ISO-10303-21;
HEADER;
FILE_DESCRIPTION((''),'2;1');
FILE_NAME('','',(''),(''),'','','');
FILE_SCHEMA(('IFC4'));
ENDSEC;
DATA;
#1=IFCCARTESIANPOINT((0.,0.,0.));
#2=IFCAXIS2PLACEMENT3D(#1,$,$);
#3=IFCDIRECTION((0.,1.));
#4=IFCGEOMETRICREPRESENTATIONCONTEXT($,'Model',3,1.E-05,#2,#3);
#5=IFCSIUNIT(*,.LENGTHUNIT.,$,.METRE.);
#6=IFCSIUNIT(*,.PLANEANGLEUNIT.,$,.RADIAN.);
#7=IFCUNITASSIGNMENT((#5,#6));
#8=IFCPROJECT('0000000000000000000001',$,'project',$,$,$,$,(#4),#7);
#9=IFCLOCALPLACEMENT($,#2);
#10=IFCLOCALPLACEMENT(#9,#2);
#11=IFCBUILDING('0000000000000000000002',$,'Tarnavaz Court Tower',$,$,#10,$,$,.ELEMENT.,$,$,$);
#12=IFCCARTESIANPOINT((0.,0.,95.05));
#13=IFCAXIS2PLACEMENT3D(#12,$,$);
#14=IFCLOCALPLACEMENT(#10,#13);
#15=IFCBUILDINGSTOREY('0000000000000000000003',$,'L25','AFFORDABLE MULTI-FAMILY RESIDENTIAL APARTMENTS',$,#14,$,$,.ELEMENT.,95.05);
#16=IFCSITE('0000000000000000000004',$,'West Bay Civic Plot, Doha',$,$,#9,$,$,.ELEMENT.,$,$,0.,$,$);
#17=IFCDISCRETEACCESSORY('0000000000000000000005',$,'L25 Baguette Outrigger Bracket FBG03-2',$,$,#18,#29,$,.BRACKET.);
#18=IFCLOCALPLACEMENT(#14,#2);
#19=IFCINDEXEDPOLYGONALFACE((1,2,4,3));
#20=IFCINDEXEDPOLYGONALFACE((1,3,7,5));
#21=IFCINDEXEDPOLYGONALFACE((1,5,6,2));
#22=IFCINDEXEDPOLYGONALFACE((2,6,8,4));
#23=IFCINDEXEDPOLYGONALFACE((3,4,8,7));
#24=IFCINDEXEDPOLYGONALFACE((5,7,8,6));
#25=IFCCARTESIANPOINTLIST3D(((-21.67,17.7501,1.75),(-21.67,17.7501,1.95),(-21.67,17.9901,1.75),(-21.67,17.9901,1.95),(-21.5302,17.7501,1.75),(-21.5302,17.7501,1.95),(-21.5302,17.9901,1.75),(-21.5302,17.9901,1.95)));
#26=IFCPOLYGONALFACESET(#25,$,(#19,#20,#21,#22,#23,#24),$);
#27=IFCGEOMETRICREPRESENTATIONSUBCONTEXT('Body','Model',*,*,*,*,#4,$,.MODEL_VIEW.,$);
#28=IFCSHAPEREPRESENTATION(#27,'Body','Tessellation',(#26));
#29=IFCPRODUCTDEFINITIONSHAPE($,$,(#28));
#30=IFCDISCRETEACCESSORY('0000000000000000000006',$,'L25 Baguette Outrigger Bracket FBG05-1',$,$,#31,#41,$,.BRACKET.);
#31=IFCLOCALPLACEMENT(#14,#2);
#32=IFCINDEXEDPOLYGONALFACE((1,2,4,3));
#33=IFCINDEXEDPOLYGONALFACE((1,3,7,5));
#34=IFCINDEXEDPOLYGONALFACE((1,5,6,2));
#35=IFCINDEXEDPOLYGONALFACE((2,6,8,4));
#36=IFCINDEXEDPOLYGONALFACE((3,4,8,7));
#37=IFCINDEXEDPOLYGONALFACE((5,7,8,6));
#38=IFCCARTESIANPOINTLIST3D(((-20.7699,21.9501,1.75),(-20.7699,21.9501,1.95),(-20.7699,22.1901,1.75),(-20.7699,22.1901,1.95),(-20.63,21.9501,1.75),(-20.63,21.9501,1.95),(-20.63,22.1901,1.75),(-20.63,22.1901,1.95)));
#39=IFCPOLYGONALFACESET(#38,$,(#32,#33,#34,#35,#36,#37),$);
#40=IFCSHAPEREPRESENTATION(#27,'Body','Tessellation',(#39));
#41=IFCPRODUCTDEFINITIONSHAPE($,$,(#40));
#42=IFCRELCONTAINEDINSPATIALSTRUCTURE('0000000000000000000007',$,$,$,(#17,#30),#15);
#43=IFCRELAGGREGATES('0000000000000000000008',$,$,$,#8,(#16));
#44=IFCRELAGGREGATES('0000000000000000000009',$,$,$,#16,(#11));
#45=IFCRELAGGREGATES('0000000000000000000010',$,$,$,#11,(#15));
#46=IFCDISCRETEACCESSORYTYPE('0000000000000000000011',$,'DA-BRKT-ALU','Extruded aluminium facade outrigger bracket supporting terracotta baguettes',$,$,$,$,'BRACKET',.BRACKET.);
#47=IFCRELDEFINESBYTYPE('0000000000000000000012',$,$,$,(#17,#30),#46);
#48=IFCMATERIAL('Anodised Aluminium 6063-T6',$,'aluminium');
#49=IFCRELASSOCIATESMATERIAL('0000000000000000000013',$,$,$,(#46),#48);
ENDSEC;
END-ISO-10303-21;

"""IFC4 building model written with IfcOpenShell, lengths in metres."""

from ifc_helpers import new_model, si_unit, direction, frame, origin, origin_2d, place, context, subcontext, project, spatial, rectangle, extrude, material, type_object, element, save


model = new_model("IFC4")

# Units and contexts
model_context = context("Model", 3, precision=1e-05, world=origin(), true_north=direction((0.0, 1.0)))
body_context = subcontext(model_context, "Body", "Model", "MODEL_VIEW")
ifc_project = project(units=[si_unit("LENGTHUNIT", "METRE"), si_unit("PLANEANGLEUNIT", "RADIAN")], contexts=[model_context])

# Site, building, storey
site_placement = place(None, origin())
site = spatial("IfcSite", under=ifc_project, at=site_placement, Name="West Bay Civic Plot, Doha", CompositionType="ELEMENT", RefElevation=0.0)
building_placement = place(site_placement, origin())
building = spatial("IfcBuilding", under=site, at=building_placement, Name="Tarnavaz Court Tower", CompositionType="ELEMENT")
storey_placement = place(building_placement, frame((0.0, 0.0, 95.05)))
storey = spatial("IfcBuildingStorey", under=building, at=storey_placement, Name="L25", Description="AFFORDABLE MULTI-FAMILY RESIDENTIAL APARTMENTS", CompositionType="ELEMENT", Elevation=95.05)

# Discrete accessories
ifc_material_1 = material(Name="Anodised Aluminium 6063-T6", Category="aluminium")
discrete_accessory_type = type_object("IfcDiscreteAccessoryType", Name="DA-BRKT-ALU", Description="Extruded aluminium facade outrigger bracket supporting terracotta baguettes", ElementType="BRACKET", PredefinedType="BRACKET", material=ifc_material_1)
for number, where, z_axis, x_axis, name in (
    (1, (-21.6001, 17.8701, 1.75), (0.0, 0.0, 1.0), (1.0, 0.0, 0.0), "L25 Baguette Outrigger Bracket FBG03-2"),
    (2, (-20.7, 22.0701, 1.75), (0.0, 0.0, 1.0), (1.0, 0.0, 0.0), "L25 Baguette Outrigger Bracket FBG05-1"),
):
    element("IfcDiscreteAccessory", number, at=place(storey_placement, frame(where, z_axis=z_axis, x_axis=x_axis)), inside=storey, type_object=discrete_accessory_type, Name=name, PredefinedType="BRACKET", context=body_context, shape_type="SweptSolid", body=[
        extrude(rectangle(XDim=0.1399, YDim=0.24, at=origin_2d()), origin(), (0.0, 0.0, 1.0), 0.2),
    ])

save(model, "model.ifc")
